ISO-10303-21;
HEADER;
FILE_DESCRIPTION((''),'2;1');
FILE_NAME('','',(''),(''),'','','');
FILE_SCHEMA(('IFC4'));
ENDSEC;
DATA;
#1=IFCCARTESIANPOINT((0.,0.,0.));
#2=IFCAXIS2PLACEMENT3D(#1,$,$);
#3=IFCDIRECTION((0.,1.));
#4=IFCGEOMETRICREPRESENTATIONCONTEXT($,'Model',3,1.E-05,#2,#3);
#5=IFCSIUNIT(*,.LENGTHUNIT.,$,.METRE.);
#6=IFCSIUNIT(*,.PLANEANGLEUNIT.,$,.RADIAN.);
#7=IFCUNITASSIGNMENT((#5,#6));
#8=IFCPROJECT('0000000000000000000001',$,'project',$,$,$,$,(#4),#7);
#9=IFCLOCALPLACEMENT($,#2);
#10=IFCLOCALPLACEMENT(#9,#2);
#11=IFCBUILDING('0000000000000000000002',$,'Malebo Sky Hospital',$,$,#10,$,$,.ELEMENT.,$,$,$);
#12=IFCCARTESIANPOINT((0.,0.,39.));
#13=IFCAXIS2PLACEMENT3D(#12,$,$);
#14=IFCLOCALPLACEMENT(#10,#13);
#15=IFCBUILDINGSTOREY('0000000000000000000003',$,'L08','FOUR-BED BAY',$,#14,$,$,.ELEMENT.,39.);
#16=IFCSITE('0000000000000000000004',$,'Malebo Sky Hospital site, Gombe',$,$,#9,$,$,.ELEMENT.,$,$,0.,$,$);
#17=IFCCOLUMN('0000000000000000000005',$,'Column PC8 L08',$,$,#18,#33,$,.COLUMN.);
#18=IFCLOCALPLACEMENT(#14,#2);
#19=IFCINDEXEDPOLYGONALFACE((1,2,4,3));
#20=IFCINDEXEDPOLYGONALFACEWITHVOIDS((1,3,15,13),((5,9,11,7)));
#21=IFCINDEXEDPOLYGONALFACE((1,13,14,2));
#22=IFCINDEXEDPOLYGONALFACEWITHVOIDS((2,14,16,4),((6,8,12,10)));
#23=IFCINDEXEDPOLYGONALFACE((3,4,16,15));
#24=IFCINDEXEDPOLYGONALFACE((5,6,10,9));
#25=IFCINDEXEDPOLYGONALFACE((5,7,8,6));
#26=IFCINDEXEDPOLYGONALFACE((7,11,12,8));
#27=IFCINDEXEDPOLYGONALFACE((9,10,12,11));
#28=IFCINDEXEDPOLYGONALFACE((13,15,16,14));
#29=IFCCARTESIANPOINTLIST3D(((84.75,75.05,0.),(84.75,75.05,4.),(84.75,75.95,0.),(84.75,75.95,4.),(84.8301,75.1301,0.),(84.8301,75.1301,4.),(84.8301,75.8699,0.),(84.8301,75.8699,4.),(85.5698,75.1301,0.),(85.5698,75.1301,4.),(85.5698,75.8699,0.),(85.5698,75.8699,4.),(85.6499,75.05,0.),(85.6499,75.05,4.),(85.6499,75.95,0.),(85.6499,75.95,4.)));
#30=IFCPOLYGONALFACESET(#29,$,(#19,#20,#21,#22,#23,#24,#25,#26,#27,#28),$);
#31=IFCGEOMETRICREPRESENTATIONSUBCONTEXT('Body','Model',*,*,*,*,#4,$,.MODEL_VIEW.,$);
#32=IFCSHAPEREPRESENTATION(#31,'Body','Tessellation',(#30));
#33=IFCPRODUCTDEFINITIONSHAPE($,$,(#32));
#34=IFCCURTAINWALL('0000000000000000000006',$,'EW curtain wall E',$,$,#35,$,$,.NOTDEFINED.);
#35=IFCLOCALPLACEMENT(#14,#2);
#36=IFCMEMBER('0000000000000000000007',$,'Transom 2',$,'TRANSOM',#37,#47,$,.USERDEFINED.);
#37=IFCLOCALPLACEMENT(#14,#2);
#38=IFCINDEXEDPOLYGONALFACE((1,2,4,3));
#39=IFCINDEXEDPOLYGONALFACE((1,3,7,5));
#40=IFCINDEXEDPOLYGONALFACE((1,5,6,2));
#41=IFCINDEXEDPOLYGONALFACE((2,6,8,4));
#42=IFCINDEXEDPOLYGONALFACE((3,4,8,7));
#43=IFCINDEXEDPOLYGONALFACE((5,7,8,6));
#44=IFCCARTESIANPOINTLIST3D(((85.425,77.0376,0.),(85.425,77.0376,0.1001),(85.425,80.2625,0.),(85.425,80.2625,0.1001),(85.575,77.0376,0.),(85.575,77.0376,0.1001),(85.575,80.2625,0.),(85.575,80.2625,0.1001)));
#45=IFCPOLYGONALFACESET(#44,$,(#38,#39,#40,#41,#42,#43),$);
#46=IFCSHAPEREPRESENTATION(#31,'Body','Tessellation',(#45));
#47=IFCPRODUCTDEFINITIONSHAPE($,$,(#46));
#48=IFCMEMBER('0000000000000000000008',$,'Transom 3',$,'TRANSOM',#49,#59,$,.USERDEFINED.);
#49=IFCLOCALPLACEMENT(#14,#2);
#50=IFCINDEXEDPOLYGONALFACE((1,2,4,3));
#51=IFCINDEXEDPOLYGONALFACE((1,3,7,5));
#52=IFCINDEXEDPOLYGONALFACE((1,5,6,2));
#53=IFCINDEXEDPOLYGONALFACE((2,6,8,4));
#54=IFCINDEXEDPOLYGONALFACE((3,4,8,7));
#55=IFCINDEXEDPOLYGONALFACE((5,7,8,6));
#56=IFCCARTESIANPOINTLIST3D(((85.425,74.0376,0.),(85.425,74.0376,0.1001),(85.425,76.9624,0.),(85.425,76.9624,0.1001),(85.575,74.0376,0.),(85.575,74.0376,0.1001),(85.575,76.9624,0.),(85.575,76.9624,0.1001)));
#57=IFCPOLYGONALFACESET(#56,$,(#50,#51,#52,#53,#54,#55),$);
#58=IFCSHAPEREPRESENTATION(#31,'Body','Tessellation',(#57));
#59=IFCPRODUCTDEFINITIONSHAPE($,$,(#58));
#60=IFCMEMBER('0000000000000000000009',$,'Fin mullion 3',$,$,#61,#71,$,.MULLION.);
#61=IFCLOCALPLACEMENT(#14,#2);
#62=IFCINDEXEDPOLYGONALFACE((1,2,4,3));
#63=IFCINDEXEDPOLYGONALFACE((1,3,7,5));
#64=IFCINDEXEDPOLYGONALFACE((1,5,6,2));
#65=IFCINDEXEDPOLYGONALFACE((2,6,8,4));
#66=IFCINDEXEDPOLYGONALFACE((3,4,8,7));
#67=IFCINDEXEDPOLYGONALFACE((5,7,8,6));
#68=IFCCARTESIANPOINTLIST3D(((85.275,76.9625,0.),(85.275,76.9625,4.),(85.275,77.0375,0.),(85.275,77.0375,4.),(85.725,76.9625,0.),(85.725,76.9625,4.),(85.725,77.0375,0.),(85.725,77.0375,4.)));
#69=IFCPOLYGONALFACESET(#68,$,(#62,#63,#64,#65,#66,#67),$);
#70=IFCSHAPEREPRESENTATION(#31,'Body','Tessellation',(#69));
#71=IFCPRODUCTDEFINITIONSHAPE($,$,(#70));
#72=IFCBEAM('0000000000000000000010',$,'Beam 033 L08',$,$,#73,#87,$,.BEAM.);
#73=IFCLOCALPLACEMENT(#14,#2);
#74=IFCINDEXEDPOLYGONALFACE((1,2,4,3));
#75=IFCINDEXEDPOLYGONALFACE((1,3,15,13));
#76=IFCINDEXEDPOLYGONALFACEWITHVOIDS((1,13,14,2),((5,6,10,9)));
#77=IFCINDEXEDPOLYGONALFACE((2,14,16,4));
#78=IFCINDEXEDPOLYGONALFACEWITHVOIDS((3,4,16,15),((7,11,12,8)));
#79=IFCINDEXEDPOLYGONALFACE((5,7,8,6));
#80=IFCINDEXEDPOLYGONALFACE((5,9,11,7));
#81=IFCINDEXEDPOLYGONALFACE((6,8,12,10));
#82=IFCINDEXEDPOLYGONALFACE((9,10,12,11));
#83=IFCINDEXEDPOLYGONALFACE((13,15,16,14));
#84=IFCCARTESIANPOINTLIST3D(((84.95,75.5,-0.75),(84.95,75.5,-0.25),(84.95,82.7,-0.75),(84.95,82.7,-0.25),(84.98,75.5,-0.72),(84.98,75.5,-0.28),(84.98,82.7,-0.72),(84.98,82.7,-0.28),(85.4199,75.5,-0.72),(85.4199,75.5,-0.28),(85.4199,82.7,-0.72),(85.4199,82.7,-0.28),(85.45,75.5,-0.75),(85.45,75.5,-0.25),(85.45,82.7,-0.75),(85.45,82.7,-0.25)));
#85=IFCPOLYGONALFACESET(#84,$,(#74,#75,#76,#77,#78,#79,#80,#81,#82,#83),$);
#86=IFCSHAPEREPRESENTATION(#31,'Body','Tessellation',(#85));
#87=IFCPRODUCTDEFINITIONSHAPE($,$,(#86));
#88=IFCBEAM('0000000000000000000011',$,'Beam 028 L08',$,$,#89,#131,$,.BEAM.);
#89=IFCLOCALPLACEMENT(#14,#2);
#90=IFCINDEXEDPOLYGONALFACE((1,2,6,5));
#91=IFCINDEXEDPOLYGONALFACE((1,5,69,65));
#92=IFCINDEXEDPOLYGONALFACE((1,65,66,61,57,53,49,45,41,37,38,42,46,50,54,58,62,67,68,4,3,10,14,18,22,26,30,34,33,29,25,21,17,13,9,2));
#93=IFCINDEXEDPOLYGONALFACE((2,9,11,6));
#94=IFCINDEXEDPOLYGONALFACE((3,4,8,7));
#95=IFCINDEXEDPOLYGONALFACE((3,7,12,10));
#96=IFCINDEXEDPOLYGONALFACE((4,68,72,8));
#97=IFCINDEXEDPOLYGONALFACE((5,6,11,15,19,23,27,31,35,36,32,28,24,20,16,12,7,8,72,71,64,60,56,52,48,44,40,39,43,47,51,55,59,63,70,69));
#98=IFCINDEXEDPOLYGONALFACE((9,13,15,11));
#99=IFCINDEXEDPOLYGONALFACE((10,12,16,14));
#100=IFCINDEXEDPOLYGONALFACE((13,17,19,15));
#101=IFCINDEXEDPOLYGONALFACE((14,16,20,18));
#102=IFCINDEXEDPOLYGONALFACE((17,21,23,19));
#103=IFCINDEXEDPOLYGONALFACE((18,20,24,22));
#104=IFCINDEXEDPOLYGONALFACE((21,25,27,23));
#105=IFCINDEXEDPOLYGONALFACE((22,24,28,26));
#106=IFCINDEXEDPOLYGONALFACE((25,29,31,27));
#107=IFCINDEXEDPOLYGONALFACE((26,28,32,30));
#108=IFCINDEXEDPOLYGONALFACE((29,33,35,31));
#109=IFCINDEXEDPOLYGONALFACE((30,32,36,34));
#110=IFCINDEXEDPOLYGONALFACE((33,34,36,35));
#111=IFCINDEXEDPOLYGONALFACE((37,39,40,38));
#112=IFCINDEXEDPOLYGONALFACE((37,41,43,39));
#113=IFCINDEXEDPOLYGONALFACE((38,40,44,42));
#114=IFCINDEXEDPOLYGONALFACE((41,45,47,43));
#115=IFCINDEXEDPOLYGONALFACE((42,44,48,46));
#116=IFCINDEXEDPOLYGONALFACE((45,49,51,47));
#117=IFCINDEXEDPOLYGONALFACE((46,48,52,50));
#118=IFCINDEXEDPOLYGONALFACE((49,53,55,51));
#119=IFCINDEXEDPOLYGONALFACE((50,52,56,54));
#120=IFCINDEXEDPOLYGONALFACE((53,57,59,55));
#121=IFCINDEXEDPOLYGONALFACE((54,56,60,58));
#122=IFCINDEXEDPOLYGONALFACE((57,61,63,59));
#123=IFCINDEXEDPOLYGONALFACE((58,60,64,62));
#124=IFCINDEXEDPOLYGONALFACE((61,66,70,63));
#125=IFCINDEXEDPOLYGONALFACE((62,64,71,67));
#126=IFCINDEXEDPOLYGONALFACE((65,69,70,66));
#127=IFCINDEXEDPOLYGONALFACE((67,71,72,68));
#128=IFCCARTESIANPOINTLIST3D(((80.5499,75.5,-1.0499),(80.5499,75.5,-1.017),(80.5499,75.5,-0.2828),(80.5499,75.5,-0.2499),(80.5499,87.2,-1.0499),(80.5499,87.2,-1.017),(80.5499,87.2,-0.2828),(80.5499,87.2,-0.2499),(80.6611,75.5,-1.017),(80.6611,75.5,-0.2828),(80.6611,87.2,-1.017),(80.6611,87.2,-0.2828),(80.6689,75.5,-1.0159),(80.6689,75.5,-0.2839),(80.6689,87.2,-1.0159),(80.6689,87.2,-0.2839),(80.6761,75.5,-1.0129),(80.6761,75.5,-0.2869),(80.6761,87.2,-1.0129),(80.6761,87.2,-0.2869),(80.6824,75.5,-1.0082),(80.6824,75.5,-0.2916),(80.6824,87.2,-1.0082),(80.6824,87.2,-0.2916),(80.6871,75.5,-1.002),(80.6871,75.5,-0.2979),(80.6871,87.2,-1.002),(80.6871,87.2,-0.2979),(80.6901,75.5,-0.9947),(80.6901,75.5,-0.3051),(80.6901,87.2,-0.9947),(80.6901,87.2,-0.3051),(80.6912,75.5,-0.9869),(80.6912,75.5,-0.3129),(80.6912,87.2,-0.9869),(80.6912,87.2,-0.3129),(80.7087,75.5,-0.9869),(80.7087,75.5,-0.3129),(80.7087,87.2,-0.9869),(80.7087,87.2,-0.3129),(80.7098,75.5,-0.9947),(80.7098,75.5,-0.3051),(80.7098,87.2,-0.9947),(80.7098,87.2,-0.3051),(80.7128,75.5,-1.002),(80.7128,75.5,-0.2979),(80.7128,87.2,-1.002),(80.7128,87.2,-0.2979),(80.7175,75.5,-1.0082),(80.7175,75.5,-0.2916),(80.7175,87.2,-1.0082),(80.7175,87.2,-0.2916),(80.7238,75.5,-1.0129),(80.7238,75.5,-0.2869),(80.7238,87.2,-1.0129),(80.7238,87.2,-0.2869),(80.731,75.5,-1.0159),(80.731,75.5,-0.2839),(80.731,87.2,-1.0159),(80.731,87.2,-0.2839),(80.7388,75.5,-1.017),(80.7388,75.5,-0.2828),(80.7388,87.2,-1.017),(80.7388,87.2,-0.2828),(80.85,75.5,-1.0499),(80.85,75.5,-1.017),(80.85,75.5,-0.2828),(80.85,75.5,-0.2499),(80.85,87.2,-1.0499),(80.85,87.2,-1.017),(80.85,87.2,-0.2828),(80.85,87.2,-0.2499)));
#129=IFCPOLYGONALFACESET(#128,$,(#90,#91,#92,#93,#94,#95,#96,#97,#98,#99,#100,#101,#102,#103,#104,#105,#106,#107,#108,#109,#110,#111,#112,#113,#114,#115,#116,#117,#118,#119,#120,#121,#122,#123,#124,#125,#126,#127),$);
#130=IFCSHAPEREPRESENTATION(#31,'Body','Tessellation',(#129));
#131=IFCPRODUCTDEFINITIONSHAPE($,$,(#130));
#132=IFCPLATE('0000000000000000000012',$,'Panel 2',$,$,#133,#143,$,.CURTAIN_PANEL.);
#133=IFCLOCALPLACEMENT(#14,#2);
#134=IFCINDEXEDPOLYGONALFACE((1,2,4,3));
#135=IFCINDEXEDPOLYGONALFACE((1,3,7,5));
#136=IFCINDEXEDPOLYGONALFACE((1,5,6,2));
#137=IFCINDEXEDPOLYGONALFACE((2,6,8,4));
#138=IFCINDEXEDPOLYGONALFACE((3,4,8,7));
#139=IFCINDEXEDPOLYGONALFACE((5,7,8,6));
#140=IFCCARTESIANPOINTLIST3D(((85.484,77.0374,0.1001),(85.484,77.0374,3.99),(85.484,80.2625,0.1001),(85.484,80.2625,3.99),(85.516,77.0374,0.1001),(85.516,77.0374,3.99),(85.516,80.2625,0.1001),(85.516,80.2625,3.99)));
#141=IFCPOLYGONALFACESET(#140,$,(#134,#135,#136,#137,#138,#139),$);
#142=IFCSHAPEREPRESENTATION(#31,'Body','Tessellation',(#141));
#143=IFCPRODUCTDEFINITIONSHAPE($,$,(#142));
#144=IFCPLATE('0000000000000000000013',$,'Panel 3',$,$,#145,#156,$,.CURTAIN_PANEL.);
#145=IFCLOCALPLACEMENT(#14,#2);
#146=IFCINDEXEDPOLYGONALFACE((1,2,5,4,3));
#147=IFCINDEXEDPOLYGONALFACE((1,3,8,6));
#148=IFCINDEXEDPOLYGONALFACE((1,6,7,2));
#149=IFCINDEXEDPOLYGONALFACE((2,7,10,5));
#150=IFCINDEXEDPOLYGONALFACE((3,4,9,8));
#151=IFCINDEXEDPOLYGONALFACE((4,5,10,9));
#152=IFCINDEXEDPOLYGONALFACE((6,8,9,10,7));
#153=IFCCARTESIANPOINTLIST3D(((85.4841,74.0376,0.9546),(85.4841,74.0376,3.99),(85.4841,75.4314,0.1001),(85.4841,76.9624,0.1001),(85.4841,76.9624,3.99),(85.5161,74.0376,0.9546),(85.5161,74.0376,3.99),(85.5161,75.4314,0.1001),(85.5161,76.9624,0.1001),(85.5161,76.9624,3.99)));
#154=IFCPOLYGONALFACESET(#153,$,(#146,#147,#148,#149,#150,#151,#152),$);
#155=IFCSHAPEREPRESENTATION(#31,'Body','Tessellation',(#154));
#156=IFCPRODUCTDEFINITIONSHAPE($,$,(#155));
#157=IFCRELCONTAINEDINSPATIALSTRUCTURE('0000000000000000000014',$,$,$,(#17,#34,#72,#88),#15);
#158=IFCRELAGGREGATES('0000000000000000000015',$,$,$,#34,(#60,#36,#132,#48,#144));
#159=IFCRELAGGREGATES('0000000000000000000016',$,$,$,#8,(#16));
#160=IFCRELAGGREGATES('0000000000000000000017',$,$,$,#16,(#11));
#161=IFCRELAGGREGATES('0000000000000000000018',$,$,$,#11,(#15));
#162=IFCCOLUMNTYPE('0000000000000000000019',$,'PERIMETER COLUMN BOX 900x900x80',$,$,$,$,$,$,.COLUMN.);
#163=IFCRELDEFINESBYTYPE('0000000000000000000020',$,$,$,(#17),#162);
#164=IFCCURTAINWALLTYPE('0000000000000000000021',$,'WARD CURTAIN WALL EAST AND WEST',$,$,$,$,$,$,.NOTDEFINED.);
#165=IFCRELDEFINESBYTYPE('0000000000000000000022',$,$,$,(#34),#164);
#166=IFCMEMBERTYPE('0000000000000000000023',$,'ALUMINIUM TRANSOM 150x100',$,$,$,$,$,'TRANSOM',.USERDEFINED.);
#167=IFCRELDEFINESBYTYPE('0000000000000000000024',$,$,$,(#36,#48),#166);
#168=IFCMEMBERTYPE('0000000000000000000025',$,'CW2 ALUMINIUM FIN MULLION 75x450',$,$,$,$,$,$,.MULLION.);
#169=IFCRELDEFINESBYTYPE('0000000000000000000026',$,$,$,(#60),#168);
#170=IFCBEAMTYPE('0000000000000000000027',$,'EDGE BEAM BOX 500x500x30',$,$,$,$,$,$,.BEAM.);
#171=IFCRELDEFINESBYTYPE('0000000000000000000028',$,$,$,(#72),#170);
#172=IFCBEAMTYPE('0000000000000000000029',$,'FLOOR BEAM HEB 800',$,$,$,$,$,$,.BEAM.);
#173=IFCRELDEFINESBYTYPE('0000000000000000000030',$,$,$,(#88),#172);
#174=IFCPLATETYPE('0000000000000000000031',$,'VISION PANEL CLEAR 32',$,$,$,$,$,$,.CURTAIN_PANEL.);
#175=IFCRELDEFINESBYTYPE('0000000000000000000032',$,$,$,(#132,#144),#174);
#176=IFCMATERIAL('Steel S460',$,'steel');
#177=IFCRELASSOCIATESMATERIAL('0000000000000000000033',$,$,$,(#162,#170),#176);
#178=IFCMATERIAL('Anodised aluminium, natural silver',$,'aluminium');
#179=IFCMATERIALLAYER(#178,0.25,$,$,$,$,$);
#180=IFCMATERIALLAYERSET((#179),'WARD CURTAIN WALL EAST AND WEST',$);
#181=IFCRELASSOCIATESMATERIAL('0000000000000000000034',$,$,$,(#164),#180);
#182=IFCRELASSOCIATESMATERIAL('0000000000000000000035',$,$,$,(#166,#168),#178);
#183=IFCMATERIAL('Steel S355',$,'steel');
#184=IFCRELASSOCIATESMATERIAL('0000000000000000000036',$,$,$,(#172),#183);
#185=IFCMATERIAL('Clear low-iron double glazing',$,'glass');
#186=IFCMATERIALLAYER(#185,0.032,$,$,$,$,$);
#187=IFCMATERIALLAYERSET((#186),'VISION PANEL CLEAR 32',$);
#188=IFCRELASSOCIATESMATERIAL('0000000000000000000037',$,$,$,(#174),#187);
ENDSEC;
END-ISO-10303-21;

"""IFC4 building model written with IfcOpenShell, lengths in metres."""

from ifc_helpers import new_model, si_unit, direction, frame, origin, origin_2d, place, context, subcontext, project, spatial, polyline, rectangle, hollow_rectangle, i_section, outline, extrude, material, layer, layer_set, material_profile, profile_set, type_object, element, aggregate, save


model = new_model("IFC4")

# Units and contexts
model_context = context("Model", 3, precision=1e-05, world=origin(), true_north=direction((0.0, 1.0)))
body_context = subcontext(model_context, "Body", "Model", "MODEL_VIEW")
ifc_project = project(units=[si_unit("LENGTHUNIT", "METRE"), si_unit("PLANEANGLEUNIT", "RADIAN")], contexts=[model_context])

# Site, building, storey
site_placement = place(None, origin())
site = spatial("IfcSite", under=ifc_project, at=site_placement, Name="Malebo Sky Hospital site, Gombe", CompositionType="ELEMENT", RefElevation=0.0)
building_placement = place(site_placement, origin())
building = spatial("IfcBuilding", under=site, at=building_placement, Name="Malebo Sky Hospital", CompositionType="ELEMENT")
storey_placement = place(building_placement, frame((0.0, 0.0, 39.0)))
storey = spatial("IfcBuildingStorey", under=building, at=storey_placement, Name="L08", Description="FOUR-BED BAY", CompositionType="ELEMENT", Elevation=39.0)

# Column
ifc_material_1 = material(Name="Steel S460", Category="steel")
ifc_material_profile_1 = material_profile(ifc_material_1, hollow_rectangle(XDim=0.8999, YDim=0.8999, WallThickness=0.0801, at=origin_2d()), Name="BOX 900x900x80")
ifc_profile_set_1 = profile_set([ifc_material_profile_1], Name="Steel S460")
column_type = type_object("IfcColumnType", Name="PERIMETER COLUMN BOX 900x900x80", PredefinedType="COLUMN", material=ifc_profile_set_1)
column_placement = place(storey_placement, frame((85.2, 75.5, 0.0), z_axis=(0.0, 0.0, 1.0), x_axis=(1.0, 0.0, 0.0)))
element("IfcColumn", 1, at=column_placement, inside=storey, type_object=column_type, Name="Column PC8 L08", PredefinedType="COLUMN", context=body_context, shape_type="SweptSolid", body=[
    extrude(hollow_rectangle(XDim=0.8999, YDim=0.8999, WallThickness=0.0801, at=origin_2d()), origin(), (0.0, 0.0, 1.0), 4.0),
])

# Curtain wall, members
ifc_material_2 = material(Name="Anodised aluminium, natural silver", Category="aluminium")
ifc_layer_1 = layer(ifc_material_2, 0.25)
ifc_layer_set_1 = layer_set([ifc_layer_1], Name="WARD CURTAIN WALL EAST AND WEST")
curtain_wall_type = type_object("IfcCurtainWallType", Name="WARD CURTAIN WALL EAST AND WEST", PredefinedType="NOTDEFINED", material=ifc_layer_set_1)
curtain_wall_placement = place(storey_placement, origin())
curtain_wall = element("IfcCurtainWall", 2, at=curtain_wall_placement, inside=storey, type_object=curtain_wall_type, Name="EW curtain wall E", PredefinedType="NOTDEFINED")
ifc_material_profile_2 = material_profile(ifc_material_2, rectangle(XDim=0.1499, YDim=0.1001, at=origin_2d()), Name="ALUMINIUM TRANSOM 150x100")
ifc_profile_set_2 = profile_set([ifc_material_profile_2], Name="Anodised aluminium, natural silver")
member_type_1 = type_object("IfcMemberType", Name="ALUMINIUM TRANSOM 150x100", ElementType="TRANSOM", PredefinedType="USERDEFINED", material=ifc_profile_set_2)
member_1_placement = place(storey_placement, frame((85.5, 80.2625, 0.05), z_axis=(0.0, -1.0, 0.0), x_axis=(1.0, 0.0, 0.0)))
member_1 = element("IfcMember", 3, at=member_1_placement, type_object=member_type_1, Name="Transom 2", ObjectType="TRANSOM", PredefinedType="USERDEFINED", context=body_context, shape_type="SweptSolid", body=[
    extrude(rectangle(XDim=0.1499, YDim=0.1001, at=origin_2d()), origin(), (0.0, 0.0, 1.0), 3.2249),
])
member_2_placement = place(storey_placement, frame((85.5, 76.9624, 0.05), z_axis=(0.0, -1.0, 0.0), x_axis=(1.0, 0.0, 0.0)))
member_2 = element("IfcMember", 4, at=member_2_placement, type_object=member_type_1, Name="Transom 3", ObjectType="TRANSOM", PredefinedType="USERDEFINED", context=body_context, shape_type="SweptSolid", body=[
    extrude(rectangle(XDim=0.1499, YDim=0.1001, at=origin_2d()), origin(), (0.0, 0.0, 1.0), 2.9248),
])
ifc_material_profile_3 = material_profile(ifc_material_2, rectangle(XDim=0.075, YDim=0.45, at=origin_2d()), Name="CW2 ALUMINIUM FIN MULLION 75x450")
ifc_profile_set_3 = profile_set([ifc_material_profile_3], Name="Anodised aluminium, natural silver")
member_type_2 = type_object("IfcMemberType", Name="CW2 ALUMINIUM FIN MULLION 75x450", PredefinedType="MULLION", material=ifc_profile_set_3)
member_3_placement = place(storey_placement, frame((85.5, 77.0, 0.0), z_axis=(0.0, 0.0, 1.0), x_axis=(0.0, -1.0, 0.0)))
member_3 = element("IfcMember", 5, at=member_3_placement, type_object=member_type_2, Name="Fin mullion 3", PredefinedType="MULLION", context=body_context, shape_type="SweptSolid", body=[
    extrude(rectangle(XDim=0.075, YDim=0.45, at=origin_2d()), origin(), (0.0, 0.0, 1.0), 4.0),
])

# Beams
ifc_material_profile_4 = material_profile(ifc_material_1, hollow_rectangle(XDim=0.5, YDim=0.5, WallThickness=0.03, at=origin_2d()), Name="BOX 500x500x30")
ifc_profile_set_4 = profile_set([ifc_material_profile_4], Name="Steel S460")
beam_type_1 = type_object("IfcBeamType", Name="EDGE BEAM BOX 500x500x30", PredefinedType="BEAM", material=ifc_profile_set_4)
beam_1_placement = place(storey_placement, frame((85.2, 75.5, -0.5), z_axis=(0.0, 1.0, 0.0), x_axis=(-1.0, 0.0, 0.0)))
element("IfcBeam", 6, at=beam_1_placement, inside=storey, type_object=beam_type_1, Name="Beam 033 L08", PredefinedType="BEAM", context=body_context, shape_type="SweptSolid", body=[
    extrude(hollow_rectangle(XDim=0.5, YDim=0.5, WallThickness=0.03, at=origin_2d()), origin(), (0.0, 0.0, 1.0), 7.2),
])
ifc_material_3 = material(Name="Steel S355", Category="steel")
ifc_material_profile_5 = material_profile(ifc_material_3, i_section(OverallWidth=0.3, OverallDepth=0.8, WebThickness=0.0176, FlangeThickness=0.033, FilletRadius=0.03, at=origin_2d()), Name="HEB 800")
ifc_profile_set_5 = profile_set([ifc_material_profile_5], Name="Steel S355")
beam_type_2 = type_object("IfcBeamType", Name="FLOOR BEAM HEB 800", PredefinedType="BEAM", material=ifc_profile_set_5)
beam_2_placement = place(storey_placement, frame((80.7, 75.5, -0.6499), z_axis=(0.0, 1.0, 0.0), x_axis=(-1.0, 0.0, 0.0)))
element("IfcBeam", 7, at=beam_2_placement, inside=storey, type_object=beam_type_2, Name="Beam 028 L08", PredefinedType="BEAM", context=body_context, shape_type="SweptSolid", body=[
    extrude(i_section(OverallWidth=0.3, OverallDepth=0.8, WebThickness=0.0176, FlangeThickness=0.033, FilletRadius=0.03, at=origin_2d()), origin(), (0.0, 0.0, 1.0), 11.7),
])

# Plates
ifc_material_4 = material(Name="Clear low-iron double glazing", Category="glass")
ifc_layer_2 = layer(ifc_material_4, 0.032)
ifc_layer_set_2 = layer_set([ifc_layer_2], Name="VISION PANEL CLEAR 32")
plate_type = type_object("IfcPlateType", Name="VISION PANEL CLEAR 32", PredefinedType="CURTAIN_PANEL", material=ifc_layer_set_2)
plate_1_placement = place(storey_placement, frame((85.5, 78.6499, 0.1001), z_axis=(0.0, 0.0, 1.0), x_axis=(0.0, -1.0, 0.0)))
plate_1 = element("IfcPlate", 8, at=plate_1_placement, type_object=plate_type, Name="Panel 2", PredefinedType="CURTAIN_PANEL", context=body_context, shape_type="SweptSolid", body=[
    extrude(rectangle(XDim=3.2251, YDim=0.032, at=origin_2d()), origin(), (0.0, 0.0, 1.0), 3.8899),
])
plate_2_placement = place(storey_placement, frame((85.5, 75.5, 0.1001), z_axis=(0.0, 0.0, 1.0), x_axis=(0.0, -1.0, 0.0)))
plate_2 = element("IfcPlate", 9, at=plate_2_placement, type_object=plate_type, Name="Panel 3", PredefinedType="CURTAIN_PANEL", context=body_context, shape_type="SweptSolid", body=[
    extrude(outline(polyline([(-1.4624, 0.0), (0.0686, 0.0), (1.4624, 0.8545), (1.4624, 3.8899), (-1.4624, 3.8899), (-1.4624, 0.0)])), frame((0.0, 0.0161, 0.0), z_axis=(0.0, -1.0, 0.0), x_axis=(1.0, 0.0, 0.0)), (0.0, 0.0, 1.0), 0.032),
])
aggregate(curtain_wall, [member_3, member_1, plate_1, member_2, plate_2])

save(model, "model.ifc")
